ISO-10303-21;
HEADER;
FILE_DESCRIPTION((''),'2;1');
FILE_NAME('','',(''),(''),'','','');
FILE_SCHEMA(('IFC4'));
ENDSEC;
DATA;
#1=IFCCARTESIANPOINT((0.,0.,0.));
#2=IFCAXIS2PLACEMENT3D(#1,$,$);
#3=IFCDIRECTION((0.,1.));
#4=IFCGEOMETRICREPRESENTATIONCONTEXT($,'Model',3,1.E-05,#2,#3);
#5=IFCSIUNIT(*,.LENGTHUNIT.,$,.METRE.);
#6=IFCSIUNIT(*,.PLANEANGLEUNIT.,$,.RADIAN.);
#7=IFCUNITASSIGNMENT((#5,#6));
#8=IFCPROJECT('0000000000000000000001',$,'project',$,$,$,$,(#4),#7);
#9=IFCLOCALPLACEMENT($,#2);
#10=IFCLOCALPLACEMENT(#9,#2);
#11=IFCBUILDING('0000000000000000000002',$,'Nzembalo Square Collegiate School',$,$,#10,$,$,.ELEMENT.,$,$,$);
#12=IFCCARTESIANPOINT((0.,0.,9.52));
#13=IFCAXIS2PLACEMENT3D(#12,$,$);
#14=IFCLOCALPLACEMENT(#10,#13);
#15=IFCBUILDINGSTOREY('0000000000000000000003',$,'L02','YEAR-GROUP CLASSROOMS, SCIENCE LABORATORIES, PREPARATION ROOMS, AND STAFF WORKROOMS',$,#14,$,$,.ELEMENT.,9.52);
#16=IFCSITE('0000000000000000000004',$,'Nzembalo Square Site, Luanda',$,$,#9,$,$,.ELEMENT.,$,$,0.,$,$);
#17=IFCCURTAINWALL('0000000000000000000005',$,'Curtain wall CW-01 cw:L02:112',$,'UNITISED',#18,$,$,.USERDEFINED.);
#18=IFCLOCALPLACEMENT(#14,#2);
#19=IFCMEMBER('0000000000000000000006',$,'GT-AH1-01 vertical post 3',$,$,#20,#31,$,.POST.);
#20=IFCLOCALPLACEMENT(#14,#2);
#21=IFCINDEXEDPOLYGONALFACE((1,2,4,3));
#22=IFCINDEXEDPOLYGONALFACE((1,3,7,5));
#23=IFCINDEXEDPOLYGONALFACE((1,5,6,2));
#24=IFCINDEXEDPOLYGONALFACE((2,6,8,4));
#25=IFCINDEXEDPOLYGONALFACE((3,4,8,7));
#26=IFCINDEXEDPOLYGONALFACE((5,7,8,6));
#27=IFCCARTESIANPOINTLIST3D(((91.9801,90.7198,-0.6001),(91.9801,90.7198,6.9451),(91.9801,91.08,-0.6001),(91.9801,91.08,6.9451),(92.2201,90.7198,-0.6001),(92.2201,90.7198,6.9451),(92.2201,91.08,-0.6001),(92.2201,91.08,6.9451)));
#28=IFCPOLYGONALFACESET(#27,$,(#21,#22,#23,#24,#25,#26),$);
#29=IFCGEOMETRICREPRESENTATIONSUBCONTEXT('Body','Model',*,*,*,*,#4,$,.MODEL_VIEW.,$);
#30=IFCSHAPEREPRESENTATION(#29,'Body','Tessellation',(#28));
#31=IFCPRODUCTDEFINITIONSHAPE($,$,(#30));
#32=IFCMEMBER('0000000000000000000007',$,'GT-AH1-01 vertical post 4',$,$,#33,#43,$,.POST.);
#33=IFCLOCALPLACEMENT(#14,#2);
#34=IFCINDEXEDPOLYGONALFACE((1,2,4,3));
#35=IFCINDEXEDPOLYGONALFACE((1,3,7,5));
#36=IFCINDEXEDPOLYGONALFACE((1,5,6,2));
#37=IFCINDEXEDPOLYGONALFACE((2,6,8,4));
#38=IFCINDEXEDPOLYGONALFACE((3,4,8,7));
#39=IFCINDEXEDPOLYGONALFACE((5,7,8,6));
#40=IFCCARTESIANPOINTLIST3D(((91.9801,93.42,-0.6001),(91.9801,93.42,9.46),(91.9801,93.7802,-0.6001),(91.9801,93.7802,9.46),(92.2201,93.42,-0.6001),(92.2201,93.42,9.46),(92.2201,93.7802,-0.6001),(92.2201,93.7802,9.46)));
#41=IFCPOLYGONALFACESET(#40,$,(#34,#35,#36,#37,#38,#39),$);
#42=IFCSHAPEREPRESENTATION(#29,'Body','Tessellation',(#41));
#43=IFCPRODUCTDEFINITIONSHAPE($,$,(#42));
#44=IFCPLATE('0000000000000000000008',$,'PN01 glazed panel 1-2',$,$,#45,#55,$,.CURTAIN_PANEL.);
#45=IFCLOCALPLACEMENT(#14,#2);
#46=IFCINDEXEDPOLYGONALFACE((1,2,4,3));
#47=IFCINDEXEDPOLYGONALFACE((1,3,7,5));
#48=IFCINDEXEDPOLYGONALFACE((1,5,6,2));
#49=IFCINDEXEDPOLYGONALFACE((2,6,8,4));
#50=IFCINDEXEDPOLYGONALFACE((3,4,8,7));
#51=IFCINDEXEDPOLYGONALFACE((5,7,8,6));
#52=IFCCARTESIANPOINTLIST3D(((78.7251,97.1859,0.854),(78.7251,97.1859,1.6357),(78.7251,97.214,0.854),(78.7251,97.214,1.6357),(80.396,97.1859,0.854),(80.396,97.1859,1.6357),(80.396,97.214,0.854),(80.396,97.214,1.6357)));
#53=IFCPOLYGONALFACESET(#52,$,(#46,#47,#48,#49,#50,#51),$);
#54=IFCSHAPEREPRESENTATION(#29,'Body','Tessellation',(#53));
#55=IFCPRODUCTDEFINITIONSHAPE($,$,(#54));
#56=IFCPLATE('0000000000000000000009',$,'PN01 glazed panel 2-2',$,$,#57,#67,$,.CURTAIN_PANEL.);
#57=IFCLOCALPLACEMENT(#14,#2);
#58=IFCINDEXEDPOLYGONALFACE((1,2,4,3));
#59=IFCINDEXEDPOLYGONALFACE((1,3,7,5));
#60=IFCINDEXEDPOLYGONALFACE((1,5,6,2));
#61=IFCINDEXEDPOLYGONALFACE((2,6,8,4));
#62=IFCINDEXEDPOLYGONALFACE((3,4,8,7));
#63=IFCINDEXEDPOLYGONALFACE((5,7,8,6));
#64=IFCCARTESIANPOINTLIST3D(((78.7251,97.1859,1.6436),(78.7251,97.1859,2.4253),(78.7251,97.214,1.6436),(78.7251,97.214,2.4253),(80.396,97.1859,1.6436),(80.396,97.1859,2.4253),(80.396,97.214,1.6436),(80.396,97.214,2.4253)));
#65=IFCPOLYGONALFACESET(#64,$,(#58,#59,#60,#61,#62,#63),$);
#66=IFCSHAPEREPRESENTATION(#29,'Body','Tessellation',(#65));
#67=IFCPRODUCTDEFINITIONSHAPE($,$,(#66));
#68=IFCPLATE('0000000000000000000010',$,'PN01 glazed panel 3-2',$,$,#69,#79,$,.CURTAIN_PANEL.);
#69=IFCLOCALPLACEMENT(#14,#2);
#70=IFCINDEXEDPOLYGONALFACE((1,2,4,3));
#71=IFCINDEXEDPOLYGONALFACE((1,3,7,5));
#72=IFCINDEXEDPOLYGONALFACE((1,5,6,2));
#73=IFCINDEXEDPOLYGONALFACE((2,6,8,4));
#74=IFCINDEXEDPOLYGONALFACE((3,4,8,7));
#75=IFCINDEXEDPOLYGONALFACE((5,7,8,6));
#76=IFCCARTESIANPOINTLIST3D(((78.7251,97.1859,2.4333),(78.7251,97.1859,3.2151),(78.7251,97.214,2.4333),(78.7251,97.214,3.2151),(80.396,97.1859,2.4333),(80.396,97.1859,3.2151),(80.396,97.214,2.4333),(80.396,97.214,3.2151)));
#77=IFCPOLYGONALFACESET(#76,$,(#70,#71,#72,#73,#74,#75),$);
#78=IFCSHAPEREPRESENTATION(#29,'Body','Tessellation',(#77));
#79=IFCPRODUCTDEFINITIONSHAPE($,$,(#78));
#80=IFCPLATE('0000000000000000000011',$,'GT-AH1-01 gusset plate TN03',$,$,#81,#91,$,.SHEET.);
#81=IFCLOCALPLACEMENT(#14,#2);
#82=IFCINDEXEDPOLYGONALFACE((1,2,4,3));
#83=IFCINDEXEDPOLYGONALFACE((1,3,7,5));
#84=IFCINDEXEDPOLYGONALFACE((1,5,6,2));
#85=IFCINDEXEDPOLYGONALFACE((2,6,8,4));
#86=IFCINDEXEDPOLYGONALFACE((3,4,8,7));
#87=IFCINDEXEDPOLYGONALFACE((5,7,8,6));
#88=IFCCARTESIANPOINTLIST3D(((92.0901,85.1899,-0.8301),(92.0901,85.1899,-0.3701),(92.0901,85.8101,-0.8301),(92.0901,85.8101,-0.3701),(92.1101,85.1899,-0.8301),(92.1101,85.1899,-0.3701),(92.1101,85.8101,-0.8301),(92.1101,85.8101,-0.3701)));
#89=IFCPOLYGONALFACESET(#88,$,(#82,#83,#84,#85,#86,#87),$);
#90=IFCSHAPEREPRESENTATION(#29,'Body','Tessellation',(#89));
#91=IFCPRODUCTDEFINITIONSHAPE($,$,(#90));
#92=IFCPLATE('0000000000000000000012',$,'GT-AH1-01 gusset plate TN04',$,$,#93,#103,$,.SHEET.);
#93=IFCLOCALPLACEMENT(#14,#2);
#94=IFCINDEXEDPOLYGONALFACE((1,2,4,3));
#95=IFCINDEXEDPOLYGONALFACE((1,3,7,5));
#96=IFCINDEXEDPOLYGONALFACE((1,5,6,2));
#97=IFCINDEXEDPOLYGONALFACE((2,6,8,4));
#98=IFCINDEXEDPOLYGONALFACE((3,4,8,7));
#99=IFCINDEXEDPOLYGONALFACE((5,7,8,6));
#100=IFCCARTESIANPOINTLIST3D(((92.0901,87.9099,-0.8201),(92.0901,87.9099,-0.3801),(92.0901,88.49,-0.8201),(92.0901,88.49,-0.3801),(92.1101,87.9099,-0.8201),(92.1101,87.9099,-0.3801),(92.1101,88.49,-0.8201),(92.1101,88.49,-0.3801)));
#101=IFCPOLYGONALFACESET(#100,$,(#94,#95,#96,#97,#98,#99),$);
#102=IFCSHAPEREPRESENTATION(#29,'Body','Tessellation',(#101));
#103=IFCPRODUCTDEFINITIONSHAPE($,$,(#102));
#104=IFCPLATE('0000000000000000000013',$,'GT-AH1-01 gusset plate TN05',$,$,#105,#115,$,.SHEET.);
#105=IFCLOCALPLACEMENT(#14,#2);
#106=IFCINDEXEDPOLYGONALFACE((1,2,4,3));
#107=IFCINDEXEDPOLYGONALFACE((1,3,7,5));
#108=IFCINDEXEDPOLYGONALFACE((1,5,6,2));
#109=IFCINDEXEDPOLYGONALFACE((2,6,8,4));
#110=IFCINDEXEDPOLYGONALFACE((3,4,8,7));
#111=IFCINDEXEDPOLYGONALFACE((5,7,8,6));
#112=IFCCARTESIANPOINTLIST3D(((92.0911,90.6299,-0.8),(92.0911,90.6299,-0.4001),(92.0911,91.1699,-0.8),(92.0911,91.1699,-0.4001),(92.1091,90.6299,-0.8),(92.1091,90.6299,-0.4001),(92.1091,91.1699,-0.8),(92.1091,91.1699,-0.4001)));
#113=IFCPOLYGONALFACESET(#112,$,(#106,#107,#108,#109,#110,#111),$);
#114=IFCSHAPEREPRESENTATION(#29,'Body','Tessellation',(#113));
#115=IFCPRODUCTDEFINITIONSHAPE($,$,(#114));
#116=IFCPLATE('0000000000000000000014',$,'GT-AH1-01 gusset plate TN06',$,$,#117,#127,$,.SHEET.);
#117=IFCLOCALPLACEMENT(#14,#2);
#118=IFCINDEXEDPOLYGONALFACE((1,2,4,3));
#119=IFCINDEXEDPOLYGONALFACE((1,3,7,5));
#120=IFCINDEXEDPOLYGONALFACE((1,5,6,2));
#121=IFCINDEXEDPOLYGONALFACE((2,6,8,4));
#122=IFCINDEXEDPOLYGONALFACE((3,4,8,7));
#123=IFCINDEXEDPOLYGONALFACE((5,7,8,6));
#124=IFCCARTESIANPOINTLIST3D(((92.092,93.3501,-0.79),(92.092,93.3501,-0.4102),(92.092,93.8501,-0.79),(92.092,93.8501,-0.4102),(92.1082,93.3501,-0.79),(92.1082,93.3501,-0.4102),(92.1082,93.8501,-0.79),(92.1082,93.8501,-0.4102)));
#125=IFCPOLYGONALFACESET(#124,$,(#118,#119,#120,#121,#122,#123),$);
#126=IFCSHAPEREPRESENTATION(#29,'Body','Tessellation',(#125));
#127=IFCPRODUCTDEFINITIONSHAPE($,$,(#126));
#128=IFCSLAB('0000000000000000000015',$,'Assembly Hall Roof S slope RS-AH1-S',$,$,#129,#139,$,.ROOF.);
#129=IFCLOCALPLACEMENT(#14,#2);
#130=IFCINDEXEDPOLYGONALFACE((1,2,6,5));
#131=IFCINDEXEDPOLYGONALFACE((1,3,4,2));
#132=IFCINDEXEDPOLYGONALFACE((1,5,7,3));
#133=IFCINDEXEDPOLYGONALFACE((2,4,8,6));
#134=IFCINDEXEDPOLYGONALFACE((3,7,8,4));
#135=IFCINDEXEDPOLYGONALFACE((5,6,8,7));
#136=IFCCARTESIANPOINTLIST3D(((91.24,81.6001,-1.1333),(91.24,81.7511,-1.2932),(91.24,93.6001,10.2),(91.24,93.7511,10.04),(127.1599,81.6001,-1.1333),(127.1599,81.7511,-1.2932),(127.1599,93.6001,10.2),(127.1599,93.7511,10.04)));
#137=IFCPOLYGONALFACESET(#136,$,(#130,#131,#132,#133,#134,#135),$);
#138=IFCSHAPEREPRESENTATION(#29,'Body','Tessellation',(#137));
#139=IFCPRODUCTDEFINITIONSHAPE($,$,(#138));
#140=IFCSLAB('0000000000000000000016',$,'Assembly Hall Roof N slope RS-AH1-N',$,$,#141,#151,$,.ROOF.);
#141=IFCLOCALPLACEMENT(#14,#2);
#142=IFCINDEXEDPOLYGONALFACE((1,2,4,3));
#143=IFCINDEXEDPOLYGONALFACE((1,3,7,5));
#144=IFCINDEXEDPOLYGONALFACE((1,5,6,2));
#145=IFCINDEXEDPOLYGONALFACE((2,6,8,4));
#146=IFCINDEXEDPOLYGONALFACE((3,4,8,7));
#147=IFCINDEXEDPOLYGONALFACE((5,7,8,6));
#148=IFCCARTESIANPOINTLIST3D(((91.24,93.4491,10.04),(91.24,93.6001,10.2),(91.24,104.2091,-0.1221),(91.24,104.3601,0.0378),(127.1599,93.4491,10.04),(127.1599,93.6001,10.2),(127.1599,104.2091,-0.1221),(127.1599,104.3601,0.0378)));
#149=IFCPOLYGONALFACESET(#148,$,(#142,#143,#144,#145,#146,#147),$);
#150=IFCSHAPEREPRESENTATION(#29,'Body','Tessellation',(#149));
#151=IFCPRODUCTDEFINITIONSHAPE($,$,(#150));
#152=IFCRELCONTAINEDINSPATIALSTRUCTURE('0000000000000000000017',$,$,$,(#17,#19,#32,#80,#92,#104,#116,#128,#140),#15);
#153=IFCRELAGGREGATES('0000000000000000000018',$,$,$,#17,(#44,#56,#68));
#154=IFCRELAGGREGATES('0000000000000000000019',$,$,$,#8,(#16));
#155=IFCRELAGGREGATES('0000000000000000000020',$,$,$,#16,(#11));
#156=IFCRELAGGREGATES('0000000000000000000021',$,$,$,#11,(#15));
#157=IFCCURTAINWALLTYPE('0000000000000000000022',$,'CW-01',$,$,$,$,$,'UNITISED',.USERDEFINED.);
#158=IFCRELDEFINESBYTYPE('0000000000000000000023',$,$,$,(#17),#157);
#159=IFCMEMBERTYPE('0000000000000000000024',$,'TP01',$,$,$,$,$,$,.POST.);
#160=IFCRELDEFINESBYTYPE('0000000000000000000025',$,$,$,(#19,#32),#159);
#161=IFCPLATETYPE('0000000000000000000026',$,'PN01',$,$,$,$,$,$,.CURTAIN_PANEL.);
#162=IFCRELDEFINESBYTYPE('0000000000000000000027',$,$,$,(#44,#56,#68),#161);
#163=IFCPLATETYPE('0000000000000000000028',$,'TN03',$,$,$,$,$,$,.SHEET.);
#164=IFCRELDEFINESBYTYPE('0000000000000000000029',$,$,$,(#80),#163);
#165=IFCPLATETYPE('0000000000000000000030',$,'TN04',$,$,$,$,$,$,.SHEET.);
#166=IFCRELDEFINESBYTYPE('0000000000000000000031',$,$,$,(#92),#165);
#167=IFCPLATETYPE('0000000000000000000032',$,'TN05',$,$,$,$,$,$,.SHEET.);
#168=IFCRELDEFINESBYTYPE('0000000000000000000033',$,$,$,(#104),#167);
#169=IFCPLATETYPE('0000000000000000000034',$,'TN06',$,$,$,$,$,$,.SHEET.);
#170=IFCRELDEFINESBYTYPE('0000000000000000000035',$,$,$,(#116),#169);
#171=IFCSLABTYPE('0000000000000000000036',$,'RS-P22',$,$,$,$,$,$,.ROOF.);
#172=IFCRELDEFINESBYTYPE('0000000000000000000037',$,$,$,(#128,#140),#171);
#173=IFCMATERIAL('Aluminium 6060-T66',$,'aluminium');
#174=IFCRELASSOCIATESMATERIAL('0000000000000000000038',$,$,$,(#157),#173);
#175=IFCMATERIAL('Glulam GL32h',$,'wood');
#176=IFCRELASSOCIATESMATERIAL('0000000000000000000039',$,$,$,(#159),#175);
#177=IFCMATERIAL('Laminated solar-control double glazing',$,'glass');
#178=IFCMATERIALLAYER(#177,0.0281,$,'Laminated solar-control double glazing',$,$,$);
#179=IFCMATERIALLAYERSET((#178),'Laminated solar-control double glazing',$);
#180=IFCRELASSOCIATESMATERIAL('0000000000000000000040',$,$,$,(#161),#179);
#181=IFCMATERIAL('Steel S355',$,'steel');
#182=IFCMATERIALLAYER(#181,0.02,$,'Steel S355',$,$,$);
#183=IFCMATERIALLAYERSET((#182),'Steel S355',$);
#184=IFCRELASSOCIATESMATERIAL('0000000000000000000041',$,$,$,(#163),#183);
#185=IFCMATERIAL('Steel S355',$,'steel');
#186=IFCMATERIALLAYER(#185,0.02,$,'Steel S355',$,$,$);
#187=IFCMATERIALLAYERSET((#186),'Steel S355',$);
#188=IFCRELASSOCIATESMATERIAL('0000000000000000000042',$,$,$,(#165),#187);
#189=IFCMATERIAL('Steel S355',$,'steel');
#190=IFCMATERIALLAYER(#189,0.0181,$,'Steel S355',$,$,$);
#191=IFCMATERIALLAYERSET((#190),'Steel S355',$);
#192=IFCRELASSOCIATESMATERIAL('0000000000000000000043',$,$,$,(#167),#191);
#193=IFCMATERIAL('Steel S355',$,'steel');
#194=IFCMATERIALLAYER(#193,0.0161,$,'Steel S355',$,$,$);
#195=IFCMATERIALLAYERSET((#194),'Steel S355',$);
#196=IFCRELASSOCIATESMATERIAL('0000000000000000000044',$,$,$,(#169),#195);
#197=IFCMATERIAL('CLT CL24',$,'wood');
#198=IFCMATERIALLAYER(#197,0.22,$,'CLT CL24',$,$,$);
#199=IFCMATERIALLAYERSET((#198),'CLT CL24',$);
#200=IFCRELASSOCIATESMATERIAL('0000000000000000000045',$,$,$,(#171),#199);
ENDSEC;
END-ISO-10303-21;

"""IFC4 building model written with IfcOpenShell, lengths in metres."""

from ifc_helpers import new_model, si_unit, direction, frame, origin, origin_2d, place, context, subcontext, project, spatial, polyline, rectangle, outline, extrude, material, layer, layer_set, material_profile, profile_set, type_object, element, aggregate, save


model = new_model("IFC4")

# Units and contexts
model_context = context("Model", 3, precision=1e-05, world=origin(), true_north=direction((0.0, 1.0)))
body_context = subcontext(model_context, "Body", "Model", "MODEL_VIEW")
ifc_project = project(units=[si_unit("LENGTHUNIT", "METRE"), si_unit("PLANEANGLEUNIT", "RADIAN")], contexts=[model_context])

# Site, building, storey
site_placement = place(None, origin())
site = spatial("IfcSite", under=ifc_project, at=site_placement, Name="Nzembalo Square Site, Luanda", CompositionType="ELEMENT", RefElevation=0.0)
building_placement = place(site_placement, origin())
building = spatial("IfcBuilding", under=site, at=building_placement, Name="Nzembalo Square Collegiate School", CompositionType="ELEMENT")
storey_placement = place(building_placement, frame((0.0, 0.0, 9.52)))
storey = spatial("IfcBuildingStorey", under=building, at=storey_placement, Name="L02", Description="YEAR-GROUP CLASSROOMS, SCIENCE LABORATORIES, PREPARATION ROOMS, AND STAFF WORKROOMS", CompositionType="ELEMENT", Elevation=9.52)

# Curtain wall
ifc_material_1 = material(Name="Aluminium 6060-T66", Category="aluminium")
curtain_wall_type = type_object("IfcCurtainWallType", Name="CW-01", ElementType="UNITISED", PredefinedType="USERDEFINED", material=ifc_material_1)
curtain_wall_placement = place(storey_placement, origin())
curtain_wall = element("IfcCurtainWall", 1, at=curtain_wall_placement, inside=storey, type_object=curtain_wall_type, Name="Curtain wall CW-01 cw:L02:112", ObjectType="UNITISED", PredefinedType="USERDEFINED")

# Members
ifc_material_2 = material(Name="Glulam GL32h", Category="wood")
ifc_material_profile_1 = material_profile(ifc_material_2, rectangle(XDim=0.24, YDim=0.3601, at=origin_2d()), Name="GL32h 240x360")
ifc_profile_set_1 = profile_set([ifc_material_profile_1], Name="Glulam GL32h")
member_type_1 = type_object("IfcMemberType", Name="TP01", PredefinedType="POST", material=ifc_profile_set_1)
member_1_placement = place(storey_placement, frame((92.1001, 90.8999, -0.6001), z_axis=(0.0, 0.0, 1.0), x_axis=(1.0, 0.0, 0.0)))
element("IfcMember", 2, at=member_1_placement, inside=storey, type_object=member_type_1, Name="GT-AH1-01 vertical post 3", PredefinedType="POST", context=body_context, shape_type="SweptSolid", body=[
    extrude(rectangle(XDim=0.24, YDim=0.3601, at=origin_2d()), origin(), (0.0, 0.0, 1.0), 7.5452),
])
member_2_placement = place(storey_placement, frame((92.1001, 93.6001, -0.6001), z_axis=(0.0, 0.0, 1.0), x_axis=(1.0, 0.0, 0.0)))
element("IfcMember", 3, at=member_2_placement, inside=storey, type_object=member_type_1, Name="GT-AH1-01 vertical post 4", PredefinedType="POST", context=body_context, shape_type="SweptSolid", body=[
    extrude(rectangle(XDim=0.24, YDim=0.3601, at=origin_2d()), origin(), (0.0, 0.0, 1.0), 10.0601),
])

# Plates
ifc_material_3 = material(Name="Laminated solar-control double glazing", Category="glass")
ifc_layer_1 = layer(ifc_material_3, 0.0281, Name="Laminated solar-control double glazing")
ifc_layer_set_1 = layer_set([ifc_layer_1], Name="Laminated solar-control double glazing")
plate_type_1 = type_object("IfcPlateType", Name="PN01", PredefinedType="CURTAIN_PANEL", material=ifc_layer_set_1)
plate_1_placement = place(storey_placement, frame((79.5605, 97.2, 0.854), z_axis=(0.0, 0.0, 1.0), x_axis=(1.0, 0.0, 0.0)))
plate_1 = element("IfcPlate", 4, at=plate_1_placement, type_object=plate_type_1, Name="PN01 glazed panel 1-2", PredefinedType="CURTAIN_PANEL", context=body_context, shape_type="SweptSolid", body=[
    extrude(rectangle(XDim=1.6709, YDim=0.0281, at=origin_2d()), origin(), (0.0, 0.0, 1.0), 0.7817),
])
plate_2_placement = place(storey_placement, frame((79.5605, 97.2, 1.6436), z_axis=(0.0, 0.0, 1.0), x_axis=(1.0, 0.0, 0.0)))
plate_2 = element("IfcPlate", 5, at=plate_2_placement, type_object=plate_type_1, Name="PN01 glazed panel 2-2", PredefinedType="CURTAIN_PANEL", context=body_context, shape_type="SweptSolid", body=[
    extrude(rectangle(XDim=1.6709, YDim=0.0281, at=origin_2d()), origin(), (0.0, 0.0, 1.0), 0.7817),
])
plate_3_placement = place(storey_placement, frame((79.5605, 97.2, 2.4333), z_axis=(0.0, 0.0, 1.0), x_axis=(1.0, 0.0, 0.0)))
plate_3 = element("IfcPlate", 6, at=plate_3_placement, type_object=plate_type_1, Name="PN01 glazed panel 3-2", PredefinedType="CURTAIN_PANEL", context=body_context, shape_type="SweptSolid", body=[
    extrude(rectangle(XDim=1.6709, YDim=0.0281, at=origin_2d()), origin(), (0.0, 0.0, 1.0), 0.7817),
])
aggregate(curtain_wall, [plate_1, plate_2, plate_3])

# Plates
ifc_material_4 = material(Name="Steel S355", Category="steel")
ifc_layer_2 = layer(ifc_material_4, 0.02, Name="Steel S355")
ifc_layer_set_2 = layer_set([ifc_layer_2], Name="Steel S355")
plate_type_2 = type_object("IfcPlateType", Name="TN03", PredefinedType="SHEET", material=ifc_layer_set_2)
plate_4_placement = place(storey_placement, frame((92.1001, 85.5, -0.8301), z_axis=(0.0, 0.0, 1.0), x_axis=(0.0, 1.0, 0.0)))
element("IfcPlate", 7, at=plate_4_placement, inside=storey, type_object=plate_type_2, Name="GT-AH1-01 gusset plate TN03", PredefinedType="SHEET", context=body_context, shape_type="SweptSolid", body=[
    extrude(rectangle(XDim=0.6201, YDim=0.02, at=origin_2d()), origin(), (0.0, 0.0, 1.0), 0.46),
])
ifc_material_5 = material(Name="Steel S355", Category="steel")
ifc_layer_3 = layer(ifc_material_5, 0.02, Name="Steel S355")
ifc_layer_set_3 = layer_set([ifc_layer_3], Name="Steel S355")
plate_type_3 = type_object("IfcPlateType", Name="TN04", PredefinedType="SHEET", material=ifc_layer_set_3)
plate_5_placement = place(storey_placement, frame((92.1001, 88.2, -0.8201), z_axis=(0.0, 0.0, 1.0), x_axis=(0.0, 1.0, 0.0)))
element("IfcPlate", 8, at=plate_5_placement, inside=storey, type_object=plate_type_3, Name="GT-AH1-01 gusset plate TN04", PredefinedType="SHEET", context=body_context, shape_type="SweptSolid", body=[
    extrude(rectangle(XDim=0.5801, YDim=0.02, at=origin_2d()), origin(), (0.0, 0.0, 1.0), 0.4399),
])
ifc_material_6 = material(Name="Steel S355", Category="steel")
ifc_layer_4 = layer(ifc_material_6, 0.0181, Name="Steel S355")
ifc_layer_set_4 = layer_set([ifc_layer_4], Name="Steel S355")
plate_type_4 = type_object("IfcPlateType", Name="TN05", PredefinedType="SHEET", material=ifc_layer_set_4)
plate_6_placement = place(storey_placement, frame((92.1001, 90.8999, -0.8), z_axis=(0.0, 0.0, 1.0), x_axis=(0.0, 1.0, 0.0)))
element("IfcPlate", 9, at=plate_6_placement, inside=storey, type_object=plate_type_4, Name="GT-AH1-01 gusset plate TN05", PredefinedType="SHEET", context=body_context, shape_type="SweptSolid", body=[
    extrude(rectangle(XDim=0.54, YDim=0.0181, at=origin_2d()), origin(), (0.0, 0.0, 1.0), 0.3999),
])
ifc_material_7 = material(Name="Steel S355", Category="steel")
ifc_layer_5 = layer(ifc_material_7, 0.0161, Name="Steel S355")
ifc_layer_set_5 = layer_set([ifc_layer_5], Name="Steel S355")
plate_type_5 = type_object("IfcPlateType", Name="TN06", PredefinedType="SHEET", material=ifc_layer_set_5)
plate_7_placement = place(storey_placement, frame((92.1001, 93.6001, -0.79), z_axis=(0.0, 0.0, 1.0), x_axis=(0.0, 1.0, 0.0)))
element("IfcPlate", 10, at=plate_7_placement, inside=storey, type_object=plate_type_5, Name="GT-AH1-01 gusset plate TN06", PredefinedType="SHEET", context=body_context, shape_type="SweptSolid", body=[
    extrude(rectangle(XDim=0.5, YDim=0.0161, at=origin_2d()), origin(), (0.0, 0.0, 1.0), 0.3799),
])

# Slabs
ifc_material_8 = material(Name="CLT CL24", Category="wood")
ifc_layer_6 = layer(ifc_material_8, 0.22, Name="CLT CL24")
ifc_layer_set_6 = layer_set([ifc_layer_6], Name="CLT CL24")
slab_type = type_object("IfcSlabType", Name="RS-P22", PredefinedType="ROOF", material=ifc_layer_set_6)
slab_1_placement = place(storey_placement, frame((91.24, 81.6001, -1.1333), z_axis=(0.0, -0.686621, 0.727016), x_axis=(1.0, 0.0, 0.0)))
element("IfcSlab", 11, at=slab_1_placement, inside=storey, type_object=slab_type, Name="Assembly Hall Roof S slope RS-AH1-S", PredefinedType="ROOF", context=body_context, shape_type="SweptSolid", body=[
    extrude(outline(polyline([(0.0, 0.0), (35.9199, 0.0), (35.9199, 16.5058), (0.0, 16.5058), (0.0, 0.0)])), origin(), (0.0, 0.0, -1.0), 0.22),
])
slab_2_placement = place(storey_placement, frame((91.24, 93.6001, 10.2), z_axis=(0.0, 0.686619, 0.727017), x_axis=(1.0, 0.0, 0.0)))
element("IfcSlab", 12, at=slab_2_placement, inside=storey, type_object=slab_type, Name="Assembly Hall Roof N slope RS-AH1-N", PredefinedType="ROOF", context=body_context, shape_type="SweptSolid", body=[
    extrude(outline(polyline([(0.0, 0.0), (35.9199, 0.0), (35.9199, 14.8002), (0.0, 14.8002), (0.0, 0.0)])), origin(), (0.0, 0.0, -1.0), 0.22),
])

save(model, "model.ifc")
